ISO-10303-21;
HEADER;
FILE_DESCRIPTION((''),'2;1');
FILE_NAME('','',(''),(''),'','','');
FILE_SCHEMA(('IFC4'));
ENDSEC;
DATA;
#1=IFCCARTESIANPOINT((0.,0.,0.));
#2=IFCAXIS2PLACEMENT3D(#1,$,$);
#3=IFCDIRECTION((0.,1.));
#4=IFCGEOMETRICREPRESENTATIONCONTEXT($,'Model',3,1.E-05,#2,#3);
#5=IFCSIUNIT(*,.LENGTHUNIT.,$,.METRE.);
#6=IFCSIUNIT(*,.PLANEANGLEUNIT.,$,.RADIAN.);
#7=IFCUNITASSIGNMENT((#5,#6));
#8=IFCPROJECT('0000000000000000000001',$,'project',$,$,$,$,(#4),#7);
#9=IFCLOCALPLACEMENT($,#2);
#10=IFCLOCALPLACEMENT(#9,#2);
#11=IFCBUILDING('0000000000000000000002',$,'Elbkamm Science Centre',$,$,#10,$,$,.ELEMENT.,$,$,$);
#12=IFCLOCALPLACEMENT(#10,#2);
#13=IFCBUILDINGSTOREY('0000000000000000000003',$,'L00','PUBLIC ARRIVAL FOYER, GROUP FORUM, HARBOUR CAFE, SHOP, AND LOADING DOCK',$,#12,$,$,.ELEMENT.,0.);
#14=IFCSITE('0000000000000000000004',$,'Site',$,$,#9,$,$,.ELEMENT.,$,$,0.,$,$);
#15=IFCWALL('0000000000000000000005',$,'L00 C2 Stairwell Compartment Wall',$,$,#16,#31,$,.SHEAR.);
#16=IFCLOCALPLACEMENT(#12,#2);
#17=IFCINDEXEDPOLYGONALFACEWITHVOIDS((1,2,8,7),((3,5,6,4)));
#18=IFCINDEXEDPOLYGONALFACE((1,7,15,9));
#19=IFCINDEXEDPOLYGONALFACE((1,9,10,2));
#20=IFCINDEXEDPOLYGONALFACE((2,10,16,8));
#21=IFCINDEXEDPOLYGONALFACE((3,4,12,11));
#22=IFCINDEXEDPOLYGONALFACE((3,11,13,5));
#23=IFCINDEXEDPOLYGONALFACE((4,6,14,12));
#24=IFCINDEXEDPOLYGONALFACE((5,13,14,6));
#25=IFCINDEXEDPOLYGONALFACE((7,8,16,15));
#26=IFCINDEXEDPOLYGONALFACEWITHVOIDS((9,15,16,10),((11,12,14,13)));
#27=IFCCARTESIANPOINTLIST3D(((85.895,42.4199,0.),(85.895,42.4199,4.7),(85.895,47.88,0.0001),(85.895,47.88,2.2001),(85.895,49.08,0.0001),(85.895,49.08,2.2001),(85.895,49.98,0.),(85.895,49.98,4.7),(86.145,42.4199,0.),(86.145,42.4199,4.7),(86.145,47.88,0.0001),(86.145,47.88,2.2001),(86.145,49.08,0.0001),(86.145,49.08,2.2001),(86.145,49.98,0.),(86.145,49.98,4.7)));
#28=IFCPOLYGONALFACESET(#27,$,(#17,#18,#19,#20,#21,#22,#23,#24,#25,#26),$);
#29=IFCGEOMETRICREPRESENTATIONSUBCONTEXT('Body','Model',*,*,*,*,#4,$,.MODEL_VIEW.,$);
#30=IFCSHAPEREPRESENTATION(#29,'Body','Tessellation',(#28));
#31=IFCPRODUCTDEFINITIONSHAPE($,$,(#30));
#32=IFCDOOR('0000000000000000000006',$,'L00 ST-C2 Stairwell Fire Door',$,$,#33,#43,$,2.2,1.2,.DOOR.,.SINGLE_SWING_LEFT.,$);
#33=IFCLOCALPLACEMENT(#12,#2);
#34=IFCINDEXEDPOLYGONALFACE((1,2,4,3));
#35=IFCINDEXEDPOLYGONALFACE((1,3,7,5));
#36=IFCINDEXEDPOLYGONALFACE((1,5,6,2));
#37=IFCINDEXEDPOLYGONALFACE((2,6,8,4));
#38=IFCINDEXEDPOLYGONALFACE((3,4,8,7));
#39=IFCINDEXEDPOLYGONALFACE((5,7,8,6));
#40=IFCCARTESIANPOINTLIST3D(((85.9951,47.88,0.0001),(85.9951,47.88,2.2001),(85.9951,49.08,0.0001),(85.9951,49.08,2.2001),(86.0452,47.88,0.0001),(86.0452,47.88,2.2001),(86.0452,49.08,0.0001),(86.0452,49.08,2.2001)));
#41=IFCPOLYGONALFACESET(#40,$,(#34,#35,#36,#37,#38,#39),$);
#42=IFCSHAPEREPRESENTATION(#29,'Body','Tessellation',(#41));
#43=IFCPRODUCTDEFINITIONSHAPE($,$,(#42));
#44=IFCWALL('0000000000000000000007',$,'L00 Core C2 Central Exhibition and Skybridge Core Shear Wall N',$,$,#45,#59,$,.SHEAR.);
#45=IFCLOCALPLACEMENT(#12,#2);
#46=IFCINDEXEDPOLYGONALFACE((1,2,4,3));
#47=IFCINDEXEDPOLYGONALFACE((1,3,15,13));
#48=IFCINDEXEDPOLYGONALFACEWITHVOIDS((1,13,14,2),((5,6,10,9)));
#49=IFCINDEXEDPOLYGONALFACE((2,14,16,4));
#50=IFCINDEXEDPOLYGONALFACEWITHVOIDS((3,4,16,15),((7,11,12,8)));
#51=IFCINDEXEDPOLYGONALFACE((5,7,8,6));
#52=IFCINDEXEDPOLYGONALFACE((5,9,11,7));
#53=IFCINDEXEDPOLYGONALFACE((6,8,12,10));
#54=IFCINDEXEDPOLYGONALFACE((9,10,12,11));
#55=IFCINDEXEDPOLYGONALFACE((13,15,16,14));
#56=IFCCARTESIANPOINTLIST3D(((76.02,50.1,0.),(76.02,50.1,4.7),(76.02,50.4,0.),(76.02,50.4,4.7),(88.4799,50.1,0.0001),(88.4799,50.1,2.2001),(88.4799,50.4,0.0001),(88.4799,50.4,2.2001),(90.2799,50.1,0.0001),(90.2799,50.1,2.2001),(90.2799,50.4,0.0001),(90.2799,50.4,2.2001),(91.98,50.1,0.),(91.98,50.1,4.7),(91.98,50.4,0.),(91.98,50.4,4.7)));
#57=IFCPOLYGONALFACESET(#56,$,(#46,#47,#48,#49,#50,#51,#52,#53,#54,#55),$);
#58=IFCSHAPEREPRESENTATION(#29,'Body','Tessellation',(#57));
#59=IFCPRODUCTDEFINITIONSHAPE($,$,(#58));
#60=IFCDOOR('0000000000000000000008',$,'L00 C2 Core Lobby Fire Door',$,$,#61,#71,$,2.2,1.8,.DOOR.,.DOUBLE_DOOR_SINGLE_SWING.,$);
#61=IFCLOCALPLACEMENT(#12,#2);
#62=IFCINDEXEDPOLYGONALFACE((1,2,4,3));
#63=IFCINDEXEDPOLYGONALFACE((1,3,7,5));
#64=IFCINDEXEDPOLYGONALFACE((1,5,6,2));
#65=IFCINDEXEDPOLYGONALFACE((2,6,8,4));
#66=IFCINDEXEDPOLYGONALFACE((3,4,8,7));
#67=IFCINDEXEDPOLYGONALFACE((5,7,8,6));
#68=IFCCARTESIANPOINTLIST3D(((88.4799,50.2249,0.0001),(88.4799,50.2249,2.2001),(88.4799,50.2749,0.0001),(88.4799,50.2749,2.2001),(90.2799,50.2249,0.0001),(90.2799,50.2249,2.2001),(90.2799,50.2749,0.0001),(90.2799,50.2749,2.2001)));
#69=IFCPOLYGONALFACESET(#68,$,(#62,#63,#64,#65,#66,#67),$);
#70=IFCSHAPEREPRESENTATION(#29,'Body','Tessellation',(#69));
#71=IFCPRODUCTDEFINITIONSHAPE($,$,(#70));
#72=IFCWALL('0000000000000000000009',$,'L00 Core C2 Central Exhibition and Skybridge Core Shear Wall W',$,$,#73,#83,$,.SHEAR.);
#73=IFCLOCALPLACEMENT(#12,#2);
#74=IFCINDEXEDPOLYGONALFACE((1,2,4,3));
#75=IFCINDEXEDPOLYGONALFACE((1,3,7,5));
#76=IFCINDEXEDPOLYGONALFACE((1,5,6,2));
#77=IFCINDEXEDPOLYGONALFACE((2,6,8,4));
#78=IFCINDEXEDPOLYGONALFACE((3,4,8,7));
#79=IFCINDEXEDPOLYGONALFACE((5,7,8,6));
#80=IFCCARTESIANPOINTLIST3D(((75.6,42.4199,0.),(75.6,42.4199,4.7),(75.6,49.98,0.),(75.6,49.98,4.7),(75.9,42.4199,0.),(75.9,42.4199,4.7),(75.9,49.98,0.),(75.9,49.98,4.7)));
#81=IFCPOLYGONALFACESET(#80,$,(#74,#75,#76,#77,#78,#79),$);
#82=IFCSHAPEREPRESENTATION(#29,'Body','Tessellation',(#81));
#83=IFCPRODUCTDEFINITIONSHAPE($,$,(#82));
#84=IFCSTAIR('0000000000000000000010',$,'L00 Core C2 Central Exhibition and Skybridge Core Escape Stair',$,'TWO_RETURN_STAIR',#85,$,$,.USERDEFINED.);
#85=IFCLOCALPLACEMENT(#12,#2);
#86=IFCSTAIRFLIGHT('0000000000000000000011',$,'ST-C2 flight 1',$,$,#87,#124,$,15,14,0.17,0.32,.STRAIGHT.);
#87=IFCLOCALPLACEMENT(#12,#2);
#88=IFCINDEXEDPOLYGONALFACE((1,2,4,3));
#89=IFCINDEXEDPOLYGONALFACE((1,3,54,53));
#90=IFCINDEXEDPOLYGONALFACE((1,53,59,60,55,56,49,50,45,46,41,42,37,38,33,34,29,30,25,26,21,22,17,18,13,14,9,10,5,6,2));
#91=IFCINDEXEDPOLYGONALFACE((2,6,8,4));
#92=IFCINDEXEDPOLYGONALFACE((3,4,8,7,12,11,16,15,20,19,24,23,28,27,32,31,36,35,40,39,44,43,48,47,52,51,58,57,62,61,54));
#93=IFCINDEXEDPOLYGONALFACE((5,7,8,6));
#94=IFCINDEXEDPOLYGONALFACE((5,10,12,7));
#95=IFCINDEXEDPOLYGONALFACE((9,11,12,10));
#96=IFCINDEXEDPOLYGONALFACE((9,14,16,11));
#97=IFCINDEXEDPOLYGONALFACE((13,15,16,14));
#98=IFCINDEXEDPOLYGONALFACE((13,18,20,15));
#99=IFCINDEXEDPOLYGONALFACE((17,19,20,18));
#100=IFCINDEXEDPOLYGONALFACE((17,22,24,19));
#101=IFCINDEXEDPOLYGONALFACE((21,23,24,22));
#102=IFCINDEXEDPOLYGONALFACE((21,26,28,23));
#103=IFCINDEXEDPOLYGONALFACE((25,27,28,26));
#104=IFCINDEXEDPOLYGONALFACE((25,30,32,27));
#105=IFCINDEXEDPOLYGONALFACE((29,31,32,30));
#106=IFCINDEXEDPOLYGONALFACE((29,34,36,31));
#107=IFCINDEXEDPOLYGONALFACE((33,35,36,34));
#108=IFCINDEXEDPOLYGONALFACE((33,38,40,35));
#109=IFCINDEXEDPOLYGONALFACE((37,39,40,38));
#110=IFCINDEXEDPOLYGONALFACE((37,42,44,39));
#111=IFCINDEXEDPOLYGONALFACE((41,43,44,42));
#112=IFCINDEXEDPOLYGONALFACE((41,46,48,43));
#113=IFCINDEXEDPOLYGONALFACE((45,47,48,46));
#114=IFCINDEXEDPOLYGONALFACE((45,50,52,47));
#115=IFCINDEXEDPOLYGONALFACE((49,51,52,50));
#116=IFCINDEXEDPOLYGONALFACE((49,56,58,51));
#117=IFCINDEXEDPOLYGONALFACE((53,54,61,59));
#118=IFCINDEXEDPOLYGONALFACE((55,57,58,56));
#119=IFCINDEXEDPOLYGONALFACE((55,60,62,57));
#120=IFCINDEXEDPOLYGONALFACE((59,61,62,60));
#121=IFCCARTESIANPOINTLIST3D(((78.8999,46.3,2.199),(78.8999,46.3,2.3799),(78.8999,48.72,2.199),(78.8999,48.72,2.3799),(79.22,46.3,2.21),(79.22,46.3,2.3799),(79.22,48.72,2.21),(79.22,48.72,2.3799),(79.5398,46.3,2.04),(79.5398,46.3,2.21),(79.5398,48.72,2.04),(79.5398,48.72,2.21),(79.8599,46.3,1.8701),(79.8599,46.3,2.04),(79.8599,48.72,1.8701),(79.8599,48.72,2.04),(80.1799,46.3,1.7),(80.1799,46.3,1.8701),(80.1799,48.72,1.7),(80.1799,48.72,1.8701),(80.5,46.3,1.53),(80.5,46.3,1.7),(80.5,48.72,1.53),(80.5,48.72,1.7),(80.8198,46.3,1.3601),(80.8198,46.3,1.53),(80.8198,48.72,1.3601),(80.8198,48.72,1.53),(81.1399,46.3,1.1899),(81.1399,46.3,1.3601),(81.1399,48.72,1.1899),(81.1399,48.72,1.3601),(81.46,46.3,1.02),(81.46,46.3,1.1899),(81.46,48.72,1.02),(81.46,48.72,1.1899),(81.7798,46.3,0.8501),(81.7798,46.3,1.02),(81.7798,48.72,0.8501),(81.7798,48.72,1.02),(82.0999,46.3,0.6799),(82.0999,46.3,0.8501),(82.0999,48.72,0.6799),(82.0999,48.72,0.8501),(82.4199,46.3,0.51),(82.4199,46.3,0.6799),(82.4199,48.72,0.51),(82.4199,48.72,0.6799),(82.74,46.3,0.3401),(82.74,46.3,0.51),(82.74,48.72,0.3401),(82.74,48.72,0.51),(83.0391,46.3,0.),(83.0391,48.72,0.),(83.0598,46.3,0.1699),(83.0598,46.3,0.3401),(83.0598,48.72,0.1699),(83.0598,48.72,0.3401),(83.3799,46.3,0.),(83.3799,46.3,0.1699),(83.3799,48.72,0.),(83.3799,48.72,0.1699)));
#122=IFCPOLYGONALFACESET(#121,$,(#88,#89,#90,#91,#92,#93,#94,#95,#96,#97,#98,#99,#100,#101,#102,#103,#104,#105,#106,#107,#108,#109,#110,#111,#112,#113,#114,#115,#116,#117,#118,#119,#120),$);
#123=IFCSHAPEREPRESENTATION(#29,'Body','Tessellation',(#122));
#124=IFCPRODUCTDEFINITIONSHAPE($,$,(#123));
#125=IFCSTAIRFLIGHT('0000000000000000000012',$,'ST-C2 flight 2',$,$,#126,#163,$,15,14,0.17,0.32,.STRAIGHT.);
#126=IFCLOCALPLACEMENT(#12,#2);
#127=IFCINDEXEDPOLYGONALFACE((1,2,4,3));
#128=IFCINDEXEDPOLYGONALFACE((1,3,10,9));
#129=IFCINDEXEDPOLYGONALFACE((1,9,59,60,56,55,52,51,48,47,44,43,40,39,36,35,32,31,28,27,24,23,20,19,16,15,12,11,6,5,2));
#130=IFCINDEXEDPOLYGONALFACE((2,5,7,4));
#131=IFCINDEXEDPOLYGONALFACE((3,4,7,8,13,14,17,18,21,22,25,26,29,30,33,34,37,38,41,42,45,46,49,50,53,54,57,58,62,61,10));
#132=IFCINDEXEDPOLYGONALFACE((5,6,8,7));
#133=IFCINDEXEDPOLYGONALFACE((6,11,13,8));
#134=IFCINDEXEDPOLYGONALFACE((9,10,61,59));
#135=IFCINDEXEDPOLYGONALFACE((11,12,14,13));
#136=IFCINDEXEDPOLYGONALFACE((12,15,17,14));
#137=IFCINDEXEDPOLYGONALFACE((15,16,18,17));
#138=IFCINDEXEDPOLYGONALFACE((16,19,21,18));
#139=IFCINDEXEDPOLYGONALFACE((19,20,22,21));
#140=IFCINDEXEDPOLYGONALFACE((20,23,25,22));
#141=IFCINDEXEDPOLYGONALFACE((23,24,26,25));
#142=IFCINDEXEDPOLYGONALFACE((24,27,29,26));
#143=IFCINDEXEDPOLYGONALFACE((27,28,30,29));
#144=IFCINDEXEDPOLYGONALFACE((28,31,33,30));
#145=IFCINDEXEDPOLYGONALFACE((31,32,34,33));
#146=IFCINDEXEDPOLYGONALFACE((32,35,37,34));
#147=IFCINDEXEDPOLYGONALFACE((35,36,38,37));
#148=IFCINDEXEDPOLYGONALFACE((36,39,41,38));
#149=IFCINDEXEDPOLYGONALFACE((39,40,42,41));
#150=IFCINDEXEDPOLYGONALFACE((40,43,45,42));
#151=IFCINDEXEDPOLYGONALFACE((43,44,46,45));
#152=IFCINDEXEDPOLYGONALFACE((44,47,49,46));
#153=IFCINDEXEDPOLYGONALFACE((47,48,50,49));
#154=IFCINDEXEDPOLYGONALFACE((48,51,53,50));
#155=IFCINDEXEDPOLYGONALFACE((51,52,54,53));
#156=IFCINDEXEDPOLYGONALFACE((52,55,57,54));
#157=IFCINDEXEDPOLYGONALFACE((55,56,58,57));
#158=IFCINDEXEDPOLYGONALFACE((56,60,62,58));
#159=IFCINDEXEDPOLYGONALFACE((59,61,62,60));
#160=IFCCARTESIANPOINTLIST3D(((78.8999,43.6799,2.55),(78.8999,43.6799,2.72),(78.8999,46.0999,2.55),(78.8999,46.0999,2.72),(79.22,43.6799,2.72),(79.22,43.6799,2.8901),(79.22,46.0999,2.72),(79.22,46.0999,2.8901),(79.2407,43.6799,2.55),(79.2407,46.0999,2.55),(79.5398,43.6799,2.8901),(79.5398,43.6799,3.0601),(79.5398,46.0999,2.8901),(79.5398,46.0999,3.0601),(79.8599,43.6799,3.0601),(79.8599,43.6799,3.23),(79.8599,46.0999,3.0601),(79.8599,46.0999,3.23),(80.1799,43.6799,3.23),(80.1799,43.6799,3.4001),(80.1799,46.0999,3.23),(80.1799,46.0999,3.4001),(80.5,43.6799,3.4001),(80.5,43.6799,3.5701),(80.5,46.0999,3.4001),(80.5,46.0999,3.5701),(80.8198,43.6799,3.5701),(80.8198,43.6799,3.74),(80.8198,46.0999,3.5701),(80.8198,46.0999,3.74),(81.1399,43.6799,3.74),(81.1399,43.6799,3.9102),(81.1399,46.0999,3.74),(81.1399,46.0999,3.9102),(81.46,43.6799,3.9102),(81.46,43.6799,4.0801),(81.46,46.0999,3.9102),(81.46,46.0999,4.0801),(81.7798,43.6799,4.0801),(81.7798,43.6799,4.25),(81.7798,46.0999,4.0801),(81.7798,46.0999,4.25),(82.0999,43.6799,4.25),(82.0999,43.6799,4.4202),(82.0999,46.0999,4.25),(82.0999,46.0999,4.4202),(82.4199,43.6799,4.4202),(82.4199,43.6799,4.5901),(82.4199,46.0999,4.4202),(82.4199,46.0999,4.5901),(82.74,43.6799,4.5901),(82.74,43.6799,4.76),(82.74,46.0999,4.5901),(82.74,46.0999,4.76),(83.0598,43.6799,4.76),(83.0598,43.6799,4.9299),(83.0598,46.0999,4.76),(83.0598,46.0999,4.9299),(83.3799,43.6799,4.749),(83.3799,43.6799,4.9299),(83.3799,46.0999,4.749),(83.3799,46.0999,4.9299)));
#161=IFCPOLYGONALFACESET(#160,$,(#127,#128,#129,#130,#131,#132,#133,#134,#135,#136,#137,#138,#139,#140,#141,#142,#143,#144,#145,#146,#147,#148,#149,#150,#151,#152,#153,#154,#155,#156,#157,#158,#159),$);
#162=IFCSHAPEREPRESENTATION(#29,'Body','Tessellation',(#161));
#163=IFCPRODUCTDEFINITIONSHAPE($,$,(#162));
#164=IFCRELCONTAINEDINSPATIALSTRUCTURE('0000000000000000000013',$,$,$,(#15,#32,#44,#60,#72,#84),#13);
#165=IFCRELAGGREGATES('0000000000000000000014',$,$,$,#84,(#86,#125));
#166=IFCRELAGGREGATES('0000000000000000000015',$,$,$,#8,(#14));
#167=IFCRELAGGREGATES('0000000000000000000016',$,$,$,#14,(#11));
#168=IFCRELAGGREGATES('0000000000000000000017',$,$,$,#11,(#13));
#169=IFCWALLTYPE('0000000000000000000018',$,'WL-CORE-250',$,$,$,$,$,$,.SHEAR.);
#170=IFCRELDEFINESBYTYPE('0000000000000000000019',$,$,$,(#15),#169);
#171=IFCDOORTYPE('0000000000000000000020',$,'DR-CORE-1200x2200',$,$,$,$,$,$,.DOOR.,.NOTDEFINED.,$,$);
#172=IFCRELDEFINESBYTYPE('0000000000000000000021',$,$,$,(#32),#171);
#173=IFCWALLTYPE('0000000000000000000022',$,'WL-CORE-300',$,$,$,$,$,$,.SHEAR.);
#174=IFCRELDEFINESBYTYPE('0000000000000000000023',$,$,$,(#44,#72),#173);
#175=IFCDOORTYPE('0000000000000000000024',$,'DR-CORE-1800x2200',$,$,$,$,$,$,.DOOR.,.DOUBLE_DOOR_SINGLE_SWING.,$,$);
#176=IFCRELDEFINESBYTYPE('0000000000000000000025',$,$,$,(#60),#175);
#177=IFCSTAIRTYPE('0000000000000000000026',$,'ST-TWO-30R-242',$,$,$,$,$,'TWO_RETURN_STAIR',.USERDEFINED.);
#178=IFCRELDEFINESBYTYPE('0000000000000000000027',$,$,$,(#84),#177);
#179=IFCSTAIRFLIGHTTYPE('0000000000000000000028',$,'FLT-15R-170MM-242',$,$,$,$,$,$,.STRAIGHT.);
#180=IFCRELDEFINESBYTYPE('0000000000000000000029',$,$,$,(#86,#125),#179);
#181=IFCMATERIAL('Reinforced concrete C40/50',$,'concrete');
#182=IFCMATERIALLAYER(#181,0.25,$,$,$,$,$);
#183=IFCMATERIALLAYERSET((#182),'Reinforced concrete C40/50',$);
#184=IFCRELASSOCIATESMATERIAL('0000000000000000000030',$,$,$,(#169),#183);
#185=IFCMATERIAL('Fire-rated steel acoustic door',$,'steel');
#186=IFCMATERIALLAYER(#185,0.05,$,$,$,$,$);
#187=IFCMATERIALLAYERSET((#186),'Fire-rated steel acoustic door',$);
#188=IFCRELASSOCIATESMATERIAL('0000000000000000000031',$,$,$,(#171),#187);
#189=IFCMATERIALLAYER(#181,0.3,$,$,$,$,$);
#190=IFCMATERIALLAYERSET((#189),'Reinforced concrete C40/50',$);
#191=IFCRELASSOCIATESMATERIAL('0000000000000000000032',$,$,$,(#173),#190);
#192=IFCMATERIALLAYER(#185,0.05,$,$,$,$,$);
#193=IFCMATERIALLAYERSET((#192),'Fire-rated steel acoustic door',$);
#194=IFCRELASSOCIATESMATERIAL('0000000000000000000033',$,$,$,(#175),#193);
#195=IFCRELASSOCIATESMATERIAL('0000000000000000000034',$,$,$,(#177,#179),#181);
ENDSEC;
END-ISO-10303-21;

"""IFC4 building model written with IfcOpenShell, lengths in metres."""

from ifc_helpers import new_model, si_unit, direction, frame, frame_2d, origin, place, context, subcontext, project, spatial, polyline, rectangle, outline, extrude, material, layer, layer_set, type_object, element, fill, aggregate, save


model = new_model("IFC4")

# Units and contexts
model_context = context("Model", 3, precision=1e-05, world=origin(), true_north=direction((0.0, 1.0)))
body_context = subcontext(model_context, "Body", "Model", "MODEL_VIEW")
ifc_project = project(units=[si_unit("LENGTHUNIT", "METRE"), si_unit("PLANEANGLEUNIT", "RADIAN")], contexts=[model_context])

# Site, building, storey
site_placement = place(None, origin())
site = spatial("IfcSite", under=ifc_project, at=site_placement, Name="Site", CompositionType="ELEMENT", RefElevation=0.0)
building_placement = place(site_placement, origin())
building = spatial("IfcBuilding", under=site, at=building_placement, Name="Elbkamm Science Centre", CompositionType="ELEMENT")
storey_placement = place(building_placement, origin())
storey = spatial("IfcBuildingStorey", under=building, at=storey_placement, Name="L00", Description="PUBLIC ARRIVAL FOYER, GROUP FORUM, HARBOUR CAFE, SHOP, AND LOADING DOCK", CompositionType="ELEMENT", Elevation=0.0)

# Shared definitions
ifc_material_1 = material(Name="Reinforced concrete C40/50", Category="concrete")
ifc_layer_1 = layer(ifc_material_1, 0.25)
ifc_layer_set_1 = layer_set([ifc_layer_1], Name="Reinforced concrete C40/50")
wall_type_1 = type_object("IfcWallType", Name="WL-CORE-250", PredefinedType="SHEAR", material=ifc_layer_set_1)

# Walls, openings, doors
wall_1_placement = place(storey_placement, frame((86.02, 42.4199, 0.0), z_axis=(0.0, 0.0, 1.0), x_axis=(0.0, 1.0, 0.0)))
wall_1 = element("IfcWall", 1, at=wall_1_placement, inside=storey, type_object=wall_type_1, Name="L00 C2 Stairwell Compartment Wall", PredefinedType="SHEAR", context=body_context, shape_type="SweptSolid", body=[
    extrude(rectangle(XDim=7.5601, YDim=0.25, at=frame_2d((3.78, 0.0))), origin(), (0.0, 0.0, 1.0), 4.7),
])
opening_1_placement = place(wall_1_placement, frame((5.46, 0.0, 0.0)))
opening_1 = element("IfcOpeningElement", 2, at=opening_1_placement, cuts=wall_1, PredefinedType="OPENING", context=body_context, shape_type="SweptSolid", body=[
    extrude(rectangle(XDim=1.2, YDim=2.2, at=frame_2d((0.6001, 1.1001))), frame((0.0, 0.137, 0.0), z_axis=(0.0, -1.0, 0.0), x_axis=(1.0, 0.0, 0.0)), (0.0, 0.0, 1.0), 0.2739),
])
ifc_material_2 = material(Name="Fire-rated steel acoustic door", Category="steel")
ifc_layer_2 = layer(ifc_material_2, 0.05)
ifc_layer_set_2 = layer_set([ifc_layer_2], Name="Fire-rated steel acoustic door")
door_type_1 = type_object("IfcDoorType", Name="DR-CORE-1200x2200", OperationType="NOTDEFINED", PredefinedType="DOOR", material=ifc_layer_set_2)
door_1_placement = place(opening_1_placement, origin())
door_1 = element("IfcDoor", 3, at=door_1_placement, inside=storey, type_object=door_type_1, Name="L00 ST-C2 Stairwell Fire Door", OperationType="SINGLE_SWING_LEFT", OverallHeight=2.2, OverallWidth=1.2, PredefinedType="DOOR", context=body_context, shape_type="SweptSolid", body=[
    extrude(rectangle(XDim=1.2, YDim=2.2, at=frame_2d((0.6001, 1.1001))), frame((0.0, 0.0249, 0.0), z_axis=(0.0, -1.0, 0.0), x_axis=(1.0, 0.0, 0.0)), (0.0, 0.0, 1.0), 0.05),
])
fill(opening_1, door_1)
ifc_layer_3 = layer(ifc_material_1, 0.3)
ifc_layer_set_3 = layer_set([ifc_layer_3], Name="Reinforced concrete C40/50")
wall_type_2 = type_object("IfcWallType", Name="WL-CORE-300", PredefinedType="SHEAR", material=ifc_layer_set_3)
wall_2_placement = place(storey_placement, frame((76.02, 50.25, 0.0), z_axis=(0.0, 0.0, 1.0), x_axis=(1.0, 0.0, 0.0)))
wall_2 = element("IfcWall", 4, at=wall_2_placement, inside=storey, type_object=wall_type_2, Name="L00 Core C2 Central Exhibition and Skybridge Core Shear Wall N", PredefinedType="SHEAR", context=body_context, shape_type="SweptSolid", body=[
    extrude(rectangle(XDim=15.96, YDim=0.3, at=frame_2d((7.98, 0.0))), origin(), (0.0, 0.0, 1.0), 4.7),
])
opening_2_placement = place(wall_2_placement, frame((12.46, 0.0, 0.0)))
opening_2 = element("IfcOpeningElement", 5, at=opening_2_placement, cuts=wall_2, PredefinedType="OPENING", context=body_context, shape_type="SweptSolid", body=[
    extrude(rectangle(XDim=1.8, YDim=2.2, at=frame_2d((0.8999, 1.1001))), frame((0.0, 0.1621, 0.0), z_axis=(0.0, -1.0, 0.0), x_axis=(1.0, 0.0, 0.0)), (0.0, 0.0, 1.0), 0.324),
])
ifc_layer_4 = layer(ifc_material_2, 0.05)
ifc_layer_set_4 = layer_set([ifc_layer_4], Name="Fire-rated steel acoustic door")
door_type_2 = type_object("IfcDoorType", Name="DR-CORE-1800x2200", OperationType="DOUBLE_DOOR_SINGLE_SWING", PredefinedType="DOOR", material=ifc_layer_set_4)
door_2_placement = place(opening_2_placement, origin())
door_2 = element("IfcDoor", 6, at=door_2_placement, inside=storey, type_object=door_type_2, Name="L00 C2 Core Lobby Fire Door", OperationType="DOUBLE_DOOR_SINGLE_SWING", OverallHeight=2.2, OverallWidth=1.8, PredefinedType="DOOR", context=body_context, shape_type="SweptSolid", body=[
    extrude(rectangle(XDim=1.8, YDim=2.2, at=frame_2d((0.8999, 1.1001))), frame((0.0, 0.0249, 0.0), z_axis=(0.0, -1.0, 0.0), x_axis=(1.0, 0.0, 0.0)), (0.0, 0.0, 1.0), 0.05),
])
fill(opening_2, door_2)

# Wall
wall_3_placement = place(storey_placement, frame((75.75, 42.4199, 0.0), z_axis=(0.0, 0.0, 1.0), x_axis=(0.0, 1.0, 0.0)))
element("IfcWall", 7, at=wall_3_placement, inside=storey, type_object=wall_type_2, Name="L00 Core C2 Central Exhibition and Skybridge Core Shear Wall W", PredefinedType="SHEAR", context=body_context, shape_type="SweptSolid", body=[
    extrude(rectangle(XDim=7.5601, YDim=0.3, at=frame_2d((3.78, 0.0))), origin(), (0.0, 0.0, 1.0), 4.7),
])

# Stair, stair flights
stair_type = type_object("IfcStairType", Name="ST-TWO-30R-242", ElementType="TWO_RETURN_STAIR", PredefinedType="USERDEFINED", material=ifc_material_1)
stair_placement = place(storey_placement, origin())
stair = element("IfcStair", 8, at=stair_placement, inside=storey, type_object=stair_type, Name="L00 Core C2 Central Exhibition and Skybridge Core Escape Stair", ObjectType="TWO_RETURN_STAIR", PredefinedType="USERDEFINED")
stair_flight_type = type_object("IfcStairFlightType", Name="FLT-15R-170MM-242", PredefinedType="STRAIGHT", material=ifc_material_1)
stair_flight_1_placement = place(storey_placement, frame((83.3799, 47.51, 0.0), z_axis=(0.0, 0.0, 1.0), x_axis=(-1.0, 0.0, 0.0)))
stair_flight_1 = element("IfcStairFlight", 9, at=stair_flight_1_placement, type_object=stair_flight_type, Name="ST-C2 flight 1", NumberOfRisers=15, NumberOfTreads=14, PredefinedType="STRAIGHT", RiserHeight=0.17, TreadLength=0.32, context=body_context, shape_type="SweptSolid", body=[
    extrude(outline(polyline([(0.0, 0.0), (0.0, 0.1699), (0.3201, 0.1699), (0.3201, 0.3401), (0.6399, 0.3401), (0.6399, 0.51), (0.96, 0.51), (0.96, 0.6799), (1.28, 0.6799), (1.28, 0.8501), (1.6001, 0.8501), (1.6001, 1.02), (1.9199, 1.02), (1.9199, 1.1899), (2.24, 1.1899), (2.24, 1.3601), (2.5601, 1.3601), (2.5601, 1.53), (2.8799, 1.53), (2.8799, 1.7), (3.2, 1.7), (3.2, 1.8701), (3.52, 1.8701), (3.52, 2.04), (3.8401, 2.04), (3.8401, 2.21), (4.1599, 2.21), (4.1599, 2.3799), (4.48, 2.3799), (4.48, 2.55), (4.48, 2.199), (0.3408, 0.0), (0.0, 0.0)])), frame((0.0, 1.21, 0.0), z_axis=(0.0, -1.0, 0.0), x_axis=(1.0, 0.0, 0.0)), (0.0, 0.0, 1.0), 2.4199),
])
stair_flight_2_placement = place(storey_placement, frame((78.8999, 44.8899, 2.55), z_axis=(0.0, 0.0, 1.0), x_axis=(1.0, 0.0, 0.0)))
stair_flight_2 = element("IfcStairFlight", 10, at=stair_flight_2_placement, type_object=stair_flight_type, Name="ST-C2 flight 2", NumberOfRisers=15, NumberOfTreads=14, PredefinedType="STRAIGHT", RiserHeight=0.17, TreadLength=0.32, context=body_context, shape_type="SweptSolid", body=[
    extrude(outline(polyline([(0.0, 0.0), (0.0, 0.1699), (0.3201, 0.1699), (0.3201, 0.3401), (0.6399, 0.3401), (0.6399, 0.51), (0.96, 0.51), (0.96, 0.6799), (1.28, 0.6799), (1.28, 0.8501), (1.6001, 0.8501), (1.6001, 1.02), (1.9199, 1.02), (1.9199, 1.1899), (2.24, 1.1899), (2.24, 1.3601), (2.5601, 1.3601), (2.5601, 1.53), (2.8799, 1.53), (2.8799, 1.7), (3.2, 1.7), (3.2, 1.8701), (3.52, 1.8701), (3.52, 2.04), (3.8401, 2.04), (3.8401, 2.21), (4.1599, 2.21), (4.1599, 2.3799), (4.48, 2.3799), (4.48, 2.55), (4.48, 2.199), (0.3408, 0.0), (0.0, 0.0)])), frame((0.0, 1.21, 0.0), z_axis=(0.0, -1.0, 0.0), x_axis=(1.0, 0.0, 0.0)), (0.0, 0.0, 1.0), 2.4199),
])
aggregate(stair, [stair_flight_1, stair_flight_2])

save(model, "model.ifc")
